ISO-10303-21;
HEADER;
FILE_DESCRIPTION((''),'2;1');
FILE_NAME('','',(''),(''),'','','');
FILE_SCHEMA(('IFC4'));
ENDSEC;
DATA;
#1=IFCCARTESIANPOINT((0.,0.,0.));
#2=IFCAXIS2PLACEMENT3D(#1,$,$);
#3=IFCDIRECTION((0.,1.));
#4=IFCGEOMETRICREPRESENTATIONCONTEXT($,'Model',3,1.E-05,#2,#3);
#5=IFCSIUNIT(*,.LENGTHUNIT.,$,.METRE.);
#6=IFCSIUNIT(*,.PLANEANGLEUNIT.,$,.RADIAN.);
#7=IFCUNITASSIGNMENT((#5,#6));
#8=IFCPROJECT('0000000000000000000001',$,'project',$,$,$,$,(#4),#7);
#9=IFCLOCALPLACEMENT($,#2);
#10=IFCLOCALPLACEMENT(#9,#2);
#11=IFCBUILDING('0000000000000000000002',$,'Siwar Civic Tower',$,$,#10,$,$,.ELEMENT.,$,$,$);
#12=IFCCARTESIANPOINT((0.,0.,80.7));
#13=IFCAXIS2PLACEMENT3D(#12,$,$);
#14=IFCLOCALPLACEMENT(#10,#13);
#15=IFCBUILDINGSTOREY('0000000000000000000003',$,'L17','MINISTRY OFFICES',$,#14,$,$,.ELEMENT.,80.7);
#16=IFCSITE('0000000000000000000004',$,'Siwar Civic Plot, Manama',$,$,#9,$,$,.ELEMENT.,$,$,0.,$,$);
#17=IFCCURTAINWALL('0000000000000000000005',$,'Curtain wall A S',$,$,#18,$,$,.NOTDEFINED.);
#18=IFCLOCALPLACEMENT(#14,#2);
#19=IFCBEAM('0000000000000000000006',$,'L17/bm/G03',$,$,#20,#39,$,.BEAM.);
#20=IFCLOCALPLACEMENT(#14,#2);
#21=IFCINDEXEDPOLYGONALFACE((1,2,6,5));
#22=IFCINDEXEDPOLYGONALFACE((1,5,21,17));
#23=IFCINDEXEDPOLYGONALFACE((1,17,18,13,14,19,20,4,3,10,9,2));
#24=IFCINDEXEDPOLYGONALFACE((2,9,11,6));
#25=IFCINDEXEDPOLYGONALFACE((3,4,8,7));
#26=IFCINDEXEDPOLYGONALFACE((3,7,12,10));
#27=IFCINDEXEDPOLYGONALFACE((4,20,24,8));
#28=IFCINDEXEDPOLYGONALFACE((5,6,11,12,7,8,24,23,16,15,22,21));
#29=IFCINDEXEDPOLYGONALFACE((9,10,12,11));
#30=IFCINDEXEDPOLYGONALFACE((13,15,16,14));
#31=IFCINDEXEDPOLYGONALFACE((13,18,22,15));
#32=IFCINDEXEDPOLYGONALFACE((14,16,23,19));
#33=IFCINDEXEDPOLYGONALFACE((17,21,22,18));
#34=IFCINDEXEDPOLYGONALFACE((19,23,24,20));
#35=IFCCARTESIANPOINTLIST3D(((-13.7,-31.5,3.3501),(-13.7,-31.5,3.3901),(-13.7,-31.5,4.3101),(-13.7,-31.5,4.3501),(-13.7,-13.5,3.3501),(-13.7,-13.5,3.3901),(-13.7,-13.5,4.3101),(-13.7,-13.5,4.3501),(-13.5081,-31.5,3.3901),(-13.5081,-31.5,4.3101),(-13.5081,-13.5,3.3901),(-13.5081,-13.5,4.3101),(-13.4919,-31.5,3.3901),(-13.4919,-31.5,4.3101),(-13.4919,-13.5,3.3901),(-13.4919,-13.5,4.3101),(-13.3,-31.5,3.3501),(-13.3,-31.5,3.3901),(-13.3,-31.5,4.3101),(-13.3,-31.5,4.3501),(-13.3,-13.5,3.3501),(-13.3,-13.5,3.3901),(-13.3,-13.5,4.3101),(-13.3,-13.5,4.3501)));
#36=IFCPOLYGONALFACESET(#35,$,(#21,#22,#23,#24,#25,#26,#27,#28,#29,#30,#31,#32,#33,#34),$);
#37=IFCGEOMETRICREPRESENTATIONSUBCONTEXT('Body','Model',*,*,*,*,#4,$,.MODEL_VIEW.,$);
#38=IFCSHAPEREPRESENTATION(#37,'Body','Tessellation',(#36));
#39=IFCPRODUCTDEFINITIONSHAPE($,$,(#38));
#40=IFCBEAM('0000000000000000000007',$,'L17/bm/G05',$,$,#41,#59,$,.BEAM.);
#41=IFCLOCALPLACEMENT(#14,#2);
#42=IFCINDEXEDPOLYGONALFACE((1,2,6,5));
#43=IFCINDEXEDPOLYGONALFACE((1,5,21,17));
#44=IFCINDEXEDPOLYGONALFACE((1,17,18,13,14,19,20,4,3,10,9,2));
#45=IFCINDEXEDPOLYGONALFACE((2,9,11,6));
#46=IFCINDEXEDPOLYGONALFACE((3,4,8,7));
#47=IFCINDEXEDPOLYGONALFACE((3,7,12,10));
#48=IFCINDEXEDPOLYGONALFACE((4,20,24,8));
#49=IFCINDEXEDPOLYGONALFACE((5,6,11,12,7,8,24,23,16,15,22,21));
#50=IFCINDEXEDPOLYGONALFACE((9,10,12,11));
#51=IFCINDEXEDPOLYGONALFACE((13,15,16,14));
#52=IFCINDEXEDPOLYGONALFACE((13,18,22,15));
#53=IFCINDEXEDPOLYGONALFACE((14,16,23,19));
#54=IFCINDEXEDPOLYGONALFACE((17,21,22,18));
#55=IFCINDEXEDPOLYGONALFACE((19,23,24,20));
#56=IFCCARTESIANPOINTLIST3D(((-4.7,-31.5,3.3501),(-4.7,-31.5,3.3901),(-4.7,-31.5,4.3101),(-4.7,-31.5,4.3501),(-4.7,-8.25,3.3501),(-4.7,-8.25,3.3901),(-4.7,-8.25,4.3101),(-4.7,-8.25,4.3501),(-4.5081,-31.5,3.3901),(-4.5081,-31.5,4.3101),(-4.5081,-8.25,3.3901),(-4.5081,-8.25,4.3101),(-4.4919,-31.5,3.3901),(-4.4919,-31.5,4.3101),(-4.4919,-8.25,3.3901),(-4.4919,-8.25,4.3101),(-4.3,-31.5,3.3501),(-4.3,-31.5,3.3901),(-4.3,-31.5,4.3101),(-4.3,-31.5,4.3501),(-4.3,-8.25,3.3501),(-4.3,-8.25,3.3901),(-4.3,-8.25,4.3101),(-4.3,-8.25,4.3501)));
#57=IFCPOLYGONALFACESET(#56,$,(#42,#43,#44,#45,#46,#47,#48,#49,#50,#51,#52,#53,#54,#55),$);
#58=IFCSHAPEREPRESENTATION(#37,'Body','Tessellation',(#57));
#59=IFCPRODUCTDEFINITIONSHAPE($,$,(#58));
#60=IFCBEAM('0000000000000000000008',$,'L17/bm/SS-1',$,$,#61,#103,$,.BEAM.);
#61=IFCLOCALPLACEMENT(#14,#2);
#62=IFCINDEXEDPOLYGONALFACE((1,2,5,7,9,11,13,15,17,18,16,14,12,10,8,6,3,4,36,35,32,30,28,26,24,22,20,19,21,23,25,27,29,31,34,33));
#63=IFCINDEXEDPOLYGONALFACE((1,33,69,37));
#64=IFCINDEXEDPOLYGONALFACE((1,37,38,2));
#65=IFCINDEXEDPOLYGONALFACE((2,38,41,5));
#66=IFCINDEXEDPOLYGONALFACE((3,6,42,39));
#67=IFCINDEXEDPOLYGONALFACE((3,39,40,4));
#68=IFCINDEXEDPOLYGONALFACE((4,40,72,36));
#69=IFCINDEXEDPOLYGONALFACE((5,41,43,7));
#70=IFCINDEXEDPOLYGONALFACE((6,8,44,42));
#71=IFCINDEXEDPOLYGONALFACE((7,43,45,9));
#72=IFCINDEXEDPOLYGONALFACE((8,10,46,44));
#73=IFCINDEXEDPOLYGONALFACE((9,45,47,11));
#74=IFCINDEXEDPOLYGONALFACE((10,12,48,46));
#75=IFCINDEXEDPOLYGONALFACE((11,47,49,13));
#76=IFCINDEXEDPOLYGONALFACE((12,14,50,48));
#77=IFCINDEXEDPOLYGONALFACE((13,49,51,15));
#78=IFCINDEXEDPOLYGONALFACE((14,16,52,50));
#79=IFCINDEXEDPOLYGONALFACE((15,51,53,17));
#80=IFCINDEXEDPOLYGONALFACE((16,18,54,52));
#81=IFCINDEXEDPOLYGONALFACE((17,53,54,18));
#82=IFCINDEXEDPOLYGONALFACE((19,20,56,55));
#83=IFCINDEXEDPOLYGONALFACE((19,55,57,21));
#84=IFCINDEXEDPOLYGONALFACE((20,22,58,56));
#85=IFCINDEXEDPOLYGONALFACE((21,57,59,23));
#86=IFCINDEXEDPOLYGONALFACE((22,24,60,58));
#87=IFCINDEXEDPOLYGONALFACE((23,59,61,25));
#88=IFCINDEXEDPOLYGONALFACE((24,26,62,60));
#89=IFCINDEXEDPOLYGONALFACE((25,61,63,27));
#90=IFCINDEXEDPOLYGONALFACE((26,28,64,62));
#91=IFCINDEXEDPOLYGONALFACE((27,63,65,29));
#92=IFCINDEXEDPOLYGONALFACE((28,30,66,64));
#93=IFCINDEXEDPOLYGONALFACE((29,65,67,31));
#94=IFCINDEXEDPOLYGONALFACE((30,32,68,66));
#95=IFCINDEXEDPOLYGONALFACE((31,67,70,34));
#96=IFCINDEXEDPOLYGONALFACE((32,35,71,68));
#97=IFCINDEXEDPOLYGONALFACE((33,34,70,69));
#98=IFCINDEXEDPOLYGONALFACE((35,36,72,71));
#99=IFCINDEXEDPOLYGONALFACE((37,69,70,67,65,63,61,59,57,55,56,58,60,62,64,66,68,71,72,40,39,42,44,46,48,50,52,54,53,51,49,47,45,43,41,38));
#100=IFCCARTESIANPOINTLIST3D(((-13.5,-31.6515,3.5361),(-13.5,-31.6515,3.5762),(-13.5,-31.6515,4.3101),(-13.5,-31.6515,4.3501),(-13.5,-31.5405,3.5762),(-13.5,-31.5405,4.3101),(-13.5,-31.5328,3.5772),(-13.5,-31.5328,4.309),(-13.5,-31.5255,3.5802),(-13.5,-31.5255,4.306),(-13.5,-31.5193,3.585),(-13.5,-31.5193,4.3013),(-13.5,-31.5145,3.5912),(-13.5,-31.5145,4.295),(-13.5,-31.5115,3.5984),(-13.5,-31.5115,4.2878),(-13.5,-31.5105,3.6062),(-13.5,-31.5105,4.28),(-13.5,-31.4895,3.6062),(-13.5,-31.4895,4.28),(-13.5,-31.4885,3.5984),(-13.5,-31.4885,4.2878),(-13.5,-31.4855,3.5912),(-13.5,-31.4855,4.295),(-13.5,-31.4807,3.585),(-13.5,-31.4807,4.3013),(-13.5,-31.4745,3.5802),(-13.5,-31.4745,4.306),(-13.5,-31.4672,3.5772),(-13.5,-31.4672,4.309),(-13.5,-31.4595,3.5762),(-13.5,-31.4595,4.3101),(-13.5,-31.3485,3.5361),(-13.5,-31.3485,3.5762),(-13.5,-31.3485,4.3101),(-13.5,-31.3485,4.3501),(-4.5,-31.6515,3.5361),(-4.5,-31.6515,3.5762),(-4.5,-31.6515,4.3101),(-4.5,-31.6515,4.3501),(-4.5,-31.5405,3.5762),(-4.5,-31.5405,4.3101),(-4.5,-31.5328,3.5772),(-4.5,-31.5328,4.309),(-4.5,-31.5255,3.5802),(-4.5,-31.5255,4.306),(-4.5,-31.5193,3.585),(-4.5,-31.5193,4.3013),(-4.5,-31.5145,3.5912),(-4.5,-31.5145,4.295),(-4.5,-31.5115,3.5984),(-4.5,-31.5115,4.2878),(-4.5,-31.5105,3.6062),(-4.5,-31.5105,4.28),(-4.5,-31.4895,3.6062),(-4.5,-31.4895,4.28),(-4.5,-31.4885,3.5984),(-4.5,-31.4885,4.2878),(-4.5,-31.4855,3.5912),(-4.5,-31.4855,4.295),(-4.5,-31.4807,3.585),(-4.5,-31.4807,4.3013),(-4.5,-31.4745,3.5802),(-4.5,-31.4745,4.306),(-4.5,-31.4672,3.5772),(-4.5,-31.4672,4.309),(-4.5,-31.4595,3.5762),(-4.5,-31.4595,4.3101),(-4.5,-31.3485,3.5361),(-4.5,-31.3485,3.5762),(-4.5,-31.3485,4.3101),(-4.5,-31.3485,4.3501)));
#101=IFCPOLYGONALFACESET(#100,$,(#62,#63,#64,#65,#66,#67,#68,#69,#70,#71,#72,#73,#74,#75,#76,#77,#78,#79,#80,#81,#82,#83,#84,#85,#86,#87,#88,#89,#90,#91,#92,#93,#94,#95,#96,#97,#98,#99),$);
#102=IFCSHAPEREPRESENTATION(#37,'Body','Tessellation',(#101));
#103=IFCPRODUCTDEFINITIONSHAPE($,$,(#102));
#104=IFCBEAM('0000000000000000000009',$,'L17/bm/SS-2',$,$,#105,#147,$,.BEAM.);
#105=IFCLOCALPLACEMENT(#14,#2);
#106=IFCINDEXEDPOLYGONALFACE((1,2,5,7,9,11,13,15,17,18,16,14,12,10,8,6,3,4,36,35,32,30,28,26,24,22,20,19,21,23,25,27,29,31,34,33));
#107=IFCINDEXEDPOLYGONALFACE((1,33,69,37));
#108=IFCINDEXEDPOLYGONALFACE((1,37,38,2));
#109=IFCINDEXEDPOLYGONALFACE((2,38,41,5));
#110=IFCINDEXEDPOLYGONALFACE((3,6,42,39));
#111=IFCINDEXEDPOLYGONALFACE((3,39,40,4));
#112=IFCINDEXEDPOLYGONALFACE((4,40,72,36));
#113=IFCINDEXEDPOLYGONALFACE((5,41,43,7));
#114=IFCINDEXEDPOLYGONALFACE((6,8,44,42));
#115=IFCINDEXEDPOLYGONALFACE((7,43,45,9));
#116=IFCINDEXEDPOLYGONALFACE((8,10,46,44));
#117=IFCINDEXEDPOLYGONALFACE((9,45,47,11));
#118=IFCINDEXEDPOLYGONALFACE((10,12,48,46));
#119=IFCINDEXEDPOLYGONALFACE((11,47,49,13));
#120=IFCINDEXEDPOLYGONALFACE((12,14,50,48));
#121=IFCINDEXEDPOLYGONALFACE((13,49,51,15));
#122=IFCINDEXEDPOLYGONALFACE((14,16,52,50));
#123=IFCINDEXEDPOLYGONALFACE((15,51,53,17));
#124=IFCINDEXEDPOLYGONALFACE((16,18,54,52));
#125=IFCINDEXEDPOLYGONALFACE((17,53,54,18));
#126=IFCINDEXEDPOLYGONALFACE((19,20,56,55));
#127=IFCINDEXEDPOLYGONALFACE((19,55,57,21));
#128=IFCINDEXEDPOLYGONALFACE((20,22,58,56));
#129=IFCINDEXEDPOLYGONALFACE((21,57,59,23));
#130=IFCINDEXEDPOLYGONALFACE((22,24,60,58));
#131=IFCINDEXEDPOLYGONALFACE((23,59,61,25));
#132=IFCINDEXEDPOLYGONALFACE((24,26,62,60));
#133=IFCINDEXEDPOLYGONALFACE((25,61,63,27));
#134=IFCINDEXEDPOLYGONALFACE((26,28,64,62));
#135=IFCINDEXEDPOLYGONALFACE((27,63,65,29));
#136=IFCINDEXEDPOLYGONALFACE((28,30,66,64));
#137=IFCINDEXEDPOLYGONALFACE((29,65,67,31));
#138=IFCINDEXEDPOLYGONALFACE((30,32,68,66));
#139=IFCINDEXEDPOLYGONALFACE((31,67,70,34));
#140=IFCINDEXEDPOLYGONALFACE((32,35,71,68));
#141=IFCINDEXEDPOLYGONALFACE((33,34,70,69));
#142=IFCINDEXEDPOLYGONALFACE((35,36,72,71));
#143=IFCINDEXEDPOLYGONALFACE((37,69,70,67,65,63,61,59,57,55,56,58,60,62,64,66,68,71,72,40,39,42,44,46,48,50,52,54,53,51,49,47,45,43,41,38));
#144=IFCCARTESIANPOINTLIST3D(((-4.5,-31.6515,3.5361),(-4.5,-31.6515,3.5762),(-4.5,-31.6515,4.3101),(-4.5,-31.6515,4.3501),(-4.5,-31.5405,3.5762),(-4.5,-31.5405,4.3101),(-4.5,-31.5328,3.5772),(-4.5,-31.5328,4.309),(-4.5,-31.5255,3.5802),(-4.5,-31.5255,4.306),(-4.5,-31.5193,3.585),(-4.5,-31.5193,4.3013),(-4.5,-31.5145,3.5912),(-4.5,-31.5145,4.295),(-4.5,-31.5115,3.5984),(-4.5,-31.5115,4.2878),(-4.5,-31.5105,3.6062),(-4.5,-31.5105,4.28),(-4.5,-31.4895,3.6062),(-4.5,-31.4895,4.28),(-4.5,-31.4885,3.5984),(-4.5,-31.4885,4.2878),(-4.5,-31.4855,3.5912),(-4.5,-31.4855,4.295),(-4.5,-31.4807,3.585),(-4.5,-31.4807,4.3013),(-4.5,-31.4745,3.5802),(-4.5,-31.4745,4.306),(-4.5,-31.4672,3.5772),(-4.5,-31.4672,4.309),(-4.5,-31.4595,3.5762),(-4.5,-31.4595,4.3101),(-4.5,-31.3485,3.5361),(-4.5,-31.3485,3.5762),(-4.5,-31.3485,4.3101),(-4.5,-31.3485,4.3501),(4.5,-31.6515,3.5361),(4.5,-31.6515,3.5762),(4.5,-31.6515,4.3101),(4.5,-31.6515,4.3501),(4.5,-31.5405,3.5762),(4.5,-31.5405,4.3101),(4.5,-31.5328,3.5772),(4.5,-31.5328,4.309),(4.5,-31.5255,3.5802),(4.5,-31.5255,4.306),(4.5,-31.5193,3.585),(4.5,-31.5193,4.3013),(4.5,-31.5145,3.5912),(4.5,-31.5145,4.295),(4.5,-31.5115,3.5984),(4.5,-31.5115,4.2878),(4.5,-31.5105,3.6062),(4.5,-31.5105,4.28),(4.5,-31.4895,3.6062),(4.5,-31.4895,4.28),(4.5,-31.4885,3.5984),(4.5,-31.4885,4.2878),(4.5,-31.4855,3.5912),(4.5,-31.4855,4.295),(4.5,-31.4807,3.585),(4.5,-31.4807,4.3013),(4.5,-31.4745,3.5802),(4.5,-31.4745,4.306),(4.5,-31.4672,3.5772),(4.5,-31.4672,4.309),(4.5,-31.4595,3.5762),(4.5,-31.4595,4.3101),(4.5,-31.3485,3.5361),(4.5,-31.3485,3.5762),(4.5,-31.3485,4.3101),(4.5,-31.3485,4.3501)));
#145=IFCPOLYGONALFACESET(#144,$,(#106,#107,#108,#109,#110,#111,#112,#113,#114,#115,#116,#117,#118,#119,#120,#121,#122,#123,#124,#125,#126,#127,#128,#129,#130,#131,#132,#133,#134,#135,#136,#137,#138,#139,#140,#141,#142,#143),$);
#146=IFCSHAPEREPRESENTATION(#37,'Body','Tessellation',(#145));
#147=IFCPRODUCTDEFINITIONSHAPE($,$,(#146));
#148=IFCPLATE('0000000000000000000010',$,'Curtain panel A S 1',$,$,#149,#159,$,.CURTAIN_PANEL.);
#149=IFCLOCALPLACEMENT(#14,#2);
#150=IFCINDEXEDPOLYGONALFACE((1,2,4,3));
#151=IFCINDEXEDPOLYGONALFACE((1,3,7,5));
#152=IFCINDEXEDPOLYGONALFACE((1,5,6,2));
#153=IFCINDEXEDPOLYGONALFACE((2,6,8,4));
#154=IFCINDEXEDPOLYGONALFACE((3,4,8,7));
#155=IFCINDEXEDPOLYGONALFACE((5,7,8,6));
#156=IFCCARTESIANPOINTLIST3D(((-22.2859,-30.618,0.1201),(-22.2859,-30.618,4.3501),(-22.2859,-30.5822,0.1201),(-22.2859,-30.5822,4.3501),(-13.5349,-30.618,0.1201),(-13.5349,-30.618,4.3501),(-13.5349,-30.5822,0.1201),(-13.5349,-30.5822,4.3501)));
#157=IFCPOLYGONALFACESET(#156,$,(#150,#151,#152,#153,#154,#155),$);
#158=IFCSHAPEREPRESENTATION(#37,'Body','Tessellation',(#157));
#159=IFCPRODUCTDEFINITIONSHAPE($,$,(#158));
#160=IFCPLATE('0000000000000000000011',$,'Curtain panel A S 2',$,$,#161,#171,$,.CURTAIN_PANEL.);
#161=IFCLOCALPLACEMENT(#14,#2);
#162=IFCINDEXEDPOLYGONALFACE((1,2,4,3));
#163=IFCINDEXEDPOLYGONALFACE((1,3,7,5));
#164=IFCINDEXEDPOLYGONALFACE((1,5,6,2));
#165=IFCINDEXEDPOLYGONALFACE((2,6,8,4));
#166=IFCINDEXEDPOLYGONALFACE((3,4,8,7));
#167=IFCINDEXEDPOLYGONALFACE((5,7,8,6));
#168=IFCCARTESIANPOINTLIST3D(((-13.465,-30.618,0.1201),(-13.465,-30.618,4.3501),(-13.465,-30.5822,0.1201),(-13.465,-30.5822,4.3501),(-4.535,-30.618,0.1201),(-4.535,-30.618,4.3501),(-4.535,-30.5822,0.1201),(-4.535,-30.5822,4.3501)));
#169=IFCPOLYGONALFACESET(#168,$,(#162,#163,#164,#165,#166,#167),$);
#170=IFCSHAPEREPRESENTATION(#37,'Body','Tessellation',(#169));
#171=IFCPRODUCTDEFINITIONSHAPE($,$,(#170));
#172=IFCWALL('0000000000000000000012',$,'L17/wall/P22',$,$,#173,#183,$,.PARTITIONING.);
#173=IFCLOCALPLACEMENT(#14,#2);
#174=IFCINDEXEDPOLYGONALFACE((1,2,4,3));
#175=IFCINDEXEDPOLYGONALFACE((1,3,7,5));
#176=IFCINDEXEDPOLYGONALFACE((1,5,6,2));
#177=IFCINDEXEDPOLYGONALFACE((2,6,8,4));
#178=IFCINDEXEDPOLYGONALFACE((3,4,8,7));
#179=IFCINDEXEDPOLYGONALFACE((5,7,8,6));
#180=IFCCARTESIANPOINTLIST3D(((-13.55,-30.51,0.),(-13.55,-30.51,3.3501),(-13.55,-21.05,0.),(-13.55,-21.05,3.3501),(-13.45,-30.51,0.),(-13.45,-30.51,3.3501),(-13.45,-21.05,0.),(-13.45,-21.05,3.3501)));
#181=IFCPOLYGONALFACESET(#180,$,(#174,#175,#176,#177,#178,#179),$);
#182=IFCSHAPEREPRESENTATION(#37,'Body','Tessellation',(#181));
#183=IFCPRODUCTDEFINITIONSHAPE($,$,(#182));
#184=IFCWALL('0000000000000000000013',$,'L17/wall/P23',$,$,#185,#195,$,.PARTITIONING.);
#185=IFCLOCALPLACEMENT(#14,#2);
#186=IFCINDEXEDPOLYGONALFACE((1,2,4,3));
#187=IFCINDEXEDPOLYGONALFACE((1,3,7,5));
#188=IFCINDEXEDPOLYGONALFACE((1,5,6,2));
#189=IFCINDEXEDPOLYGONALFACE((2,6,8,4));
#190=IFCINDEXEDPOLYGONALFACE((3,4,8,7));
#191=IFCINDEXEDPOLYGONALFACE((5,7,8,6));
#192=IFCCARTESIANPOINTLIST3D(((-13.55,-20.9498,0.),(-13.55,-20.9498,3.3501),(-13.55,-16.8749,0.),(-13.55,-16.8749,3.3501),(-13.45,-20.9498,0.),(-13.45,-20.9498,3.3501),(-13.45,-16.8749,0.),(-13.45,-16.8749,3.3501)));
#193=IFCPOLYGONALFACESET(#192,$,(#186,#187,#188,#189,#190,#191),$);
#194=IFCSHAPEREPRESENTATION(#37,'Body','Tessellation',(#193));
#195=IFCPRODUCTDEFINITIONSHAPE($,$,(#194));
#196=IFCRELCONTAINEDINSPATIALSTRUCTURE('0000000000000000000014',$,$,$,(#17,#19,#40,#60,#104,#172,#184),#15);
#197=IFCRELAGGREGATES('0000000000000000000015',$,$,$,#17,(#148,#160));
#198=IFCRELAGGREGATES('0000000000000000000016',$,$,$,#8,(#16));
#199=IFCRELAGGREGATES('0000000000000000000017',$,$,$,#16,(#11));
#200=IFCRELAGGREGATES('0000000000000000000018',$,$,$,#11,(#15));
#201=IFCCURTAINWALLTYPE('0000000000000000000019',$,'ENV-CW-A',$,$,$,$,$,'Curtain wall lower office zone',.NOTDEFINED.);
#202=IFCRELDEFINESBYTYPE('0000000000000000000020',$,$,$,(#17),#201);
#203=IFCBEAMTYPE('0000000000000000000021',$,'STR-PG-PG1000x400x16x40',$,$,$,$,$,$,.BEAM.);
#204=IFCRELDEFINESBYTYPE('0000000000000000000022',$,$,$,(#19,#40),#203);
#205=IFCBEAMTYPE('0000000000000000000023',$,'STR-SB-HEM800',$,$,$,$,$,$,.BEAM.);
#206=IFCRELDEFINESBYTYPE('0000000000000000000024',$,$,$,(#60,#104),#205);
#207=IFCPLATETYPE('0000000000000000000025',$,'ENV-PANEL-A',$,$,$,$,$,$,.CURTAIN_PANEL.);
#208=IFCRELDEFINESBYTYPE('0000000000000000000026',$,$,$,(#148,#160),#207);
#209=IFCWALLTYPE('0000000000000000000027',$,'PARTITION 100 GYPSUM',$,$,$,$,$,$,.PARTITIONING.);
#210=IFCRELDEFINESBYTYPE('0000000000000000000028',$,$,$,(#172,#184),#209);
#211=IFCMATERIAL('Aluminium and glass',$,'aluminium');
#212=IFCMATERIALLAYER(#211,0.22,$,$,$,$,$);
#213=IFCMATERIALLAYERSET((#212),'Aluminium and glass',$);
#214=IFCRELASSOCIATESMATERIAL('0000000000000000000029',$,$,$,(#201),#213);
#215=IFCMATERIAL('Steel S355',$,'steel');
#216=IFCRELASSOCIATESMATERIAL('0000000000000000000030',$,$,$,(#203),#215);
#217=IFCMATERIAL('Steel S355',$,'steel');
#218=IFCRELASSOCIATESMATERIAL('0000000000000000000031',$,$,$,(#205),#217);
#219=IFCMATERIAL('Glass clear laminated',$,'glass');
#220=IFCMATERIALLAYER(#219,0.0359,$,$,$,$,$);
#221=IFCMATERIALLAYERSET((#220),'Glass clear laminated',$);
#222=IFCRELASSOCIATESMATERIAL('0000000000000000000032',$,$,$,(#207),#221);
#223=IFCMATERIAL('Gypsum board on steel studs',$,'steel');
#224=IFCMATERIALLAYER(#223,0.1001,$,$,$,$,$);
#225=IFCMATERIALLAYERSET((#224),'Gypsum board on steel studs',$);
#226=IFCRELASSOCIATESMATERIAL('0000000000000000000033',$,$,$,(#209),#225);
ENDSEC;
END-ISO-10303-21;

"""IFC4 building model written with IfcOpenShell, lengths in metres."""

from ifc_helpers import new_model, si_unit, direction, frame, frame_2d, origin, origin_2d, place, context, subcontext, project, spatial, rectangle, i_section, extrude, material, layer, layer_set, material_profile, profile_set, type_object, element, aggregate, save


model = new_model("IFC4")

# Units and contexts
model_context = context("Model", 3, precision=1e-05, world=origin(), true_north=direction((0.0, 1.0)))
body_context = subcontext(model_context, "Body", "Model", "MODEL_VIEW")
ifc_project = project(units=[si_unit("LENGTHUNIT", "METRE"), si_unit("PLANEANGLEUNIT", "RADIAN")], contexts=[model_context])

# Site, building, storey
site_placement = place(None, origin())
site = spatial("IfcSite", under=ifc_project, at=site_placement, Name="Siwar Civic Plot, Manama", CompositionType="ELEMENT", RefElevation=0.0)
building_placement = place(site_placement, origin())
building = spatial("IfcBuilding", under=site, at=building_placement, Name="Siwar Civic Tower", CompositionType="ELEMENT")
storey_placement = place(building_placement, frame((0.0, 0.0, 80.7)))
storey = spatial("IfcBuildingStorey", under=building, at=storey_placement, Name="L17", Description="MINISTRY OFFICES", CompositionType="ELEMENT", Elevation=80.7)

# Curtain wall
ifc_material_1 = material(Name="Aluminium and glass", Category="aluminium")
ifc_layer_1 = layer(ifc_material_1, 0.22)
ifc_layer_set_1 = layer_set([ifc_layer_1], Name="Aluminium and glass")
curtain_wall_type = type_object("IfcCurtainWallType", Name="ENV-CW-A", ElementType="Curtain wall lower office zone", PredefinedType="NOTDEFINED", material=ifc_layer_set_1)
curtain_wall_placement = place(storey_placement, origin())
curtain_wall = element("IfcCurtainWall", 1, at=curtain_wall_placement, inside=storey, type_object=curtain_wall_type, Name="Curtain wall A S", PredefinedType="NOTDEFINED")

# Beams
ifc_material_2 = material(Name="Steel S355", Category="steel")
ifc_material_profile_1 = material_profile(ifc_material_2, i_section(OverallWidth=0.3999, OverallDepth=1.0, WebThickness=0.0161, FlangeThickness=0.04, at=origin_2d()), Name="PG1000x400x16x40")
ifc_profile_set_1 = profile_set([ifc_material_profile_1], Name="Steel S355")
beam_type_1 = type_object("IfcBeamType", Name="STR-PG-PG1000x400x16x40", PredefinedType="BEAM", material=ifc_profile_set_1)
beam_1_placement = place(storey_placement, frame((-13.5, -31.5, 3.8501), z_axis=(0.0, 1.0, 0.0), x_axis=(-1.0, 0.0, 0.0)))
element("IfcBeam", 2, at=beam_1_placement, inside=storey, type_object=beam_type_1, Name="L17/bm/G03", PredefinedType="BEAM", context=body_context, shape_type="SweptSolid", body=[
    extrude(i_section(OverallWidth=0.3999, OverallDepth=1.0, WebThickness=0.0161, FlangeThickness=0.04, at=origin_2d()), origin(), (0.0, 0.0, 1.0), 18.0),
])
beam_2_placement = place(storey_placement, frame((-4.5, -31.5, 3.8501), z_axis=(0.0, 1.0, 0.0), x_axis=(-1.0, 0.0, 0.0)))
element("IfcBeam", 3, at=beam_2_placement, inside=storey, type_object=beam_type_1, Name="L17/bm/G05", PredefinedType="BEAM", context=body_context, shape_type="SweptSolid", body=[
    extrude(i_section(OverallWidth=0.3999, OverallDepth=1.0, WebThickness=0.0161, FlangeThickness=0.04, at=origin_2d()), origin(), (0.0, 0.0, 1.0), 23.25),
])
ifc_material_3 = material(Name="Steel S355", Category="steel")
ifc_material_profile_2 = material_profile(ifc_material_3, i_section(OverallWidth=0.303, OverallDepth=0.814, WebThickness=0.021, FlangeThickness=0.04, FilletRadius=0.03, at=origin_2d()), Name="HEM800")
ifc_profile_set_2 = profile_set([ifc_material_profile_2], Name="Steel S355")
beam_type_2 = type_object("IfcBeamType", Name="STR-SB-HEM800", PredefinedType="BEAM", material=ifc_profile_set_2)
for number, where, z_axis, x_axis, name in (
    (4, (-13.5, -31.5, 3.9431), (1.0, 0.0, 0.0), (0.0, 1.0, 0.0), "L17/bm/SS-1"),
    (5, (-4.5, -31.5, 3.9431), (1.0, 0.0, 0.0), (0.0, 1.0, 0.0), "L17/bm/SS-2"),
):
    element("IfcBeam", number, at=place(storey_placement, frame(where, z_axis=z_axis, x_axis=x_axis)), inside=storey, type_object=beam_type_2, Name=name, PredefinedType="BEAM", context=body_context, shape_type="SweptSolid", body=[
        extrude(i_section(OverallWidth=0.303, OverallDepth=0.814, WebThickness=0.021, FlangeThickness=0.04, FilletRadius=0.03, at=origin_2d()), origin(), (0.0, 0.0, 1.0), 9.0),
    ])

# Plates
ifc_material_4 = material(Name="Glass clear laminated", Category="glass")
ifc_layer_2 = layer(ifc_material_4, 0.0359)
ifc_layer_set_2 = layer_set([ifc_layer_2], Name="Glass clear laminated")
plate_type = type_object("IfcPlateType", Name="ENV-PANEL-A", PredefinedType="CURTAIN_PANEL", material=ifc_layer_set_2)
plate_1_placement = place(storey_placement, frame((-17.9104, -30.6001, 0.1201), z_axis=(0.0, 0.0, 1.0), x_axis=(1.0, 0.0, 0.0)))
plate_1 = element("IfcPlate", 6, at=plate_1_placement, type_object=plate_type, Name="Curtain panel A S 1", PredefinedType="CURTAIN_PANEL", context=body_context, shape_type="SweptSolid", body=[
    extrude(rectangle(XDim=8.751, YDim=0.0359, at=origin_2d()), origin(), (0.0, 0.0, 1.0), 4.23),
])
plate_2_placement = place(storey_placement, frame((-9.0, -30.6001, 0.1201), z_axis=(0.0, 0.0, 1.0), x_axis=(1.0, 0.0, 0.0)))
plate_2 = element("IfcPlate", 7, at=plate_2_placement, type_object=plate_type, Name="Curtain panel A S 2", PredefinedType="CURTAIN_PANEL", context=body_context, shape_type="SweptSolid", body=[
    extrude(rectangle(XDim=8.9299, YDim=0.0359, at=origin_2d()), origin(), (0.0, 0.0, 1.0), 4.23),
])
aggregate(curtain_wall, [plate_1, plate_2])

# Walls
ifc_material_5 = material(Name="Gypsum board on steel studs", Category="steel")
ifc_layer_3 = layer(ifc_material_5, 0.1001)
ifc_layer_set_3 = layer_set([ifc_layer_3], Name="Gypsum board on steel studs")
wall_type = type_object("IfcWallType", Name="PARTITION 100 GYPSUM", PredefinedType="PARTITIONING", material=ifc_layer_set_3)
wall_1_placement = place(storey_placement, frame((-13.5, -30.51, 0.0), z_axis=(0.0, 0.0, 1.0), x_axis=(0.0, 1.0, 0.0)))
element("IfcWall", 8, at=wall_1_placement, inside=storey, type_object=wall_type, Name="L17/wall/P22", PredefinedType="PARTITIONING", context=body_context, shape_type="SweptSolid", body=[
    extrude(rectangle(XDim=9.46, YDim=0.1001, at=frame_2d((4.73, 0.0))), origin(), (0.0, 0.0, 1.0), 3.3501),
])
wall_2_placement = place(storey_placement, frame((-13.5, -20.95, 0.0), z_axis=(0.0, 0.0, 1.0), x_axis=(0.0, 1.0, 0.0)))
element("IfcWall", 9, at=wall_2_placement, inside=storey, type_object=wall_type, Name="L17/wall/P23", PredefinedType="PARTITIONING", context=body_context, shape_type="SweptSolid", body=[
    extrude(rectangle(XDim=4.075, YDim=0.1001, at=frame_2d((2.0376, 0.0))), origin(), (0.0, 0.0, 1.0), 3.3501),
])

save(model, "model.ifc")
